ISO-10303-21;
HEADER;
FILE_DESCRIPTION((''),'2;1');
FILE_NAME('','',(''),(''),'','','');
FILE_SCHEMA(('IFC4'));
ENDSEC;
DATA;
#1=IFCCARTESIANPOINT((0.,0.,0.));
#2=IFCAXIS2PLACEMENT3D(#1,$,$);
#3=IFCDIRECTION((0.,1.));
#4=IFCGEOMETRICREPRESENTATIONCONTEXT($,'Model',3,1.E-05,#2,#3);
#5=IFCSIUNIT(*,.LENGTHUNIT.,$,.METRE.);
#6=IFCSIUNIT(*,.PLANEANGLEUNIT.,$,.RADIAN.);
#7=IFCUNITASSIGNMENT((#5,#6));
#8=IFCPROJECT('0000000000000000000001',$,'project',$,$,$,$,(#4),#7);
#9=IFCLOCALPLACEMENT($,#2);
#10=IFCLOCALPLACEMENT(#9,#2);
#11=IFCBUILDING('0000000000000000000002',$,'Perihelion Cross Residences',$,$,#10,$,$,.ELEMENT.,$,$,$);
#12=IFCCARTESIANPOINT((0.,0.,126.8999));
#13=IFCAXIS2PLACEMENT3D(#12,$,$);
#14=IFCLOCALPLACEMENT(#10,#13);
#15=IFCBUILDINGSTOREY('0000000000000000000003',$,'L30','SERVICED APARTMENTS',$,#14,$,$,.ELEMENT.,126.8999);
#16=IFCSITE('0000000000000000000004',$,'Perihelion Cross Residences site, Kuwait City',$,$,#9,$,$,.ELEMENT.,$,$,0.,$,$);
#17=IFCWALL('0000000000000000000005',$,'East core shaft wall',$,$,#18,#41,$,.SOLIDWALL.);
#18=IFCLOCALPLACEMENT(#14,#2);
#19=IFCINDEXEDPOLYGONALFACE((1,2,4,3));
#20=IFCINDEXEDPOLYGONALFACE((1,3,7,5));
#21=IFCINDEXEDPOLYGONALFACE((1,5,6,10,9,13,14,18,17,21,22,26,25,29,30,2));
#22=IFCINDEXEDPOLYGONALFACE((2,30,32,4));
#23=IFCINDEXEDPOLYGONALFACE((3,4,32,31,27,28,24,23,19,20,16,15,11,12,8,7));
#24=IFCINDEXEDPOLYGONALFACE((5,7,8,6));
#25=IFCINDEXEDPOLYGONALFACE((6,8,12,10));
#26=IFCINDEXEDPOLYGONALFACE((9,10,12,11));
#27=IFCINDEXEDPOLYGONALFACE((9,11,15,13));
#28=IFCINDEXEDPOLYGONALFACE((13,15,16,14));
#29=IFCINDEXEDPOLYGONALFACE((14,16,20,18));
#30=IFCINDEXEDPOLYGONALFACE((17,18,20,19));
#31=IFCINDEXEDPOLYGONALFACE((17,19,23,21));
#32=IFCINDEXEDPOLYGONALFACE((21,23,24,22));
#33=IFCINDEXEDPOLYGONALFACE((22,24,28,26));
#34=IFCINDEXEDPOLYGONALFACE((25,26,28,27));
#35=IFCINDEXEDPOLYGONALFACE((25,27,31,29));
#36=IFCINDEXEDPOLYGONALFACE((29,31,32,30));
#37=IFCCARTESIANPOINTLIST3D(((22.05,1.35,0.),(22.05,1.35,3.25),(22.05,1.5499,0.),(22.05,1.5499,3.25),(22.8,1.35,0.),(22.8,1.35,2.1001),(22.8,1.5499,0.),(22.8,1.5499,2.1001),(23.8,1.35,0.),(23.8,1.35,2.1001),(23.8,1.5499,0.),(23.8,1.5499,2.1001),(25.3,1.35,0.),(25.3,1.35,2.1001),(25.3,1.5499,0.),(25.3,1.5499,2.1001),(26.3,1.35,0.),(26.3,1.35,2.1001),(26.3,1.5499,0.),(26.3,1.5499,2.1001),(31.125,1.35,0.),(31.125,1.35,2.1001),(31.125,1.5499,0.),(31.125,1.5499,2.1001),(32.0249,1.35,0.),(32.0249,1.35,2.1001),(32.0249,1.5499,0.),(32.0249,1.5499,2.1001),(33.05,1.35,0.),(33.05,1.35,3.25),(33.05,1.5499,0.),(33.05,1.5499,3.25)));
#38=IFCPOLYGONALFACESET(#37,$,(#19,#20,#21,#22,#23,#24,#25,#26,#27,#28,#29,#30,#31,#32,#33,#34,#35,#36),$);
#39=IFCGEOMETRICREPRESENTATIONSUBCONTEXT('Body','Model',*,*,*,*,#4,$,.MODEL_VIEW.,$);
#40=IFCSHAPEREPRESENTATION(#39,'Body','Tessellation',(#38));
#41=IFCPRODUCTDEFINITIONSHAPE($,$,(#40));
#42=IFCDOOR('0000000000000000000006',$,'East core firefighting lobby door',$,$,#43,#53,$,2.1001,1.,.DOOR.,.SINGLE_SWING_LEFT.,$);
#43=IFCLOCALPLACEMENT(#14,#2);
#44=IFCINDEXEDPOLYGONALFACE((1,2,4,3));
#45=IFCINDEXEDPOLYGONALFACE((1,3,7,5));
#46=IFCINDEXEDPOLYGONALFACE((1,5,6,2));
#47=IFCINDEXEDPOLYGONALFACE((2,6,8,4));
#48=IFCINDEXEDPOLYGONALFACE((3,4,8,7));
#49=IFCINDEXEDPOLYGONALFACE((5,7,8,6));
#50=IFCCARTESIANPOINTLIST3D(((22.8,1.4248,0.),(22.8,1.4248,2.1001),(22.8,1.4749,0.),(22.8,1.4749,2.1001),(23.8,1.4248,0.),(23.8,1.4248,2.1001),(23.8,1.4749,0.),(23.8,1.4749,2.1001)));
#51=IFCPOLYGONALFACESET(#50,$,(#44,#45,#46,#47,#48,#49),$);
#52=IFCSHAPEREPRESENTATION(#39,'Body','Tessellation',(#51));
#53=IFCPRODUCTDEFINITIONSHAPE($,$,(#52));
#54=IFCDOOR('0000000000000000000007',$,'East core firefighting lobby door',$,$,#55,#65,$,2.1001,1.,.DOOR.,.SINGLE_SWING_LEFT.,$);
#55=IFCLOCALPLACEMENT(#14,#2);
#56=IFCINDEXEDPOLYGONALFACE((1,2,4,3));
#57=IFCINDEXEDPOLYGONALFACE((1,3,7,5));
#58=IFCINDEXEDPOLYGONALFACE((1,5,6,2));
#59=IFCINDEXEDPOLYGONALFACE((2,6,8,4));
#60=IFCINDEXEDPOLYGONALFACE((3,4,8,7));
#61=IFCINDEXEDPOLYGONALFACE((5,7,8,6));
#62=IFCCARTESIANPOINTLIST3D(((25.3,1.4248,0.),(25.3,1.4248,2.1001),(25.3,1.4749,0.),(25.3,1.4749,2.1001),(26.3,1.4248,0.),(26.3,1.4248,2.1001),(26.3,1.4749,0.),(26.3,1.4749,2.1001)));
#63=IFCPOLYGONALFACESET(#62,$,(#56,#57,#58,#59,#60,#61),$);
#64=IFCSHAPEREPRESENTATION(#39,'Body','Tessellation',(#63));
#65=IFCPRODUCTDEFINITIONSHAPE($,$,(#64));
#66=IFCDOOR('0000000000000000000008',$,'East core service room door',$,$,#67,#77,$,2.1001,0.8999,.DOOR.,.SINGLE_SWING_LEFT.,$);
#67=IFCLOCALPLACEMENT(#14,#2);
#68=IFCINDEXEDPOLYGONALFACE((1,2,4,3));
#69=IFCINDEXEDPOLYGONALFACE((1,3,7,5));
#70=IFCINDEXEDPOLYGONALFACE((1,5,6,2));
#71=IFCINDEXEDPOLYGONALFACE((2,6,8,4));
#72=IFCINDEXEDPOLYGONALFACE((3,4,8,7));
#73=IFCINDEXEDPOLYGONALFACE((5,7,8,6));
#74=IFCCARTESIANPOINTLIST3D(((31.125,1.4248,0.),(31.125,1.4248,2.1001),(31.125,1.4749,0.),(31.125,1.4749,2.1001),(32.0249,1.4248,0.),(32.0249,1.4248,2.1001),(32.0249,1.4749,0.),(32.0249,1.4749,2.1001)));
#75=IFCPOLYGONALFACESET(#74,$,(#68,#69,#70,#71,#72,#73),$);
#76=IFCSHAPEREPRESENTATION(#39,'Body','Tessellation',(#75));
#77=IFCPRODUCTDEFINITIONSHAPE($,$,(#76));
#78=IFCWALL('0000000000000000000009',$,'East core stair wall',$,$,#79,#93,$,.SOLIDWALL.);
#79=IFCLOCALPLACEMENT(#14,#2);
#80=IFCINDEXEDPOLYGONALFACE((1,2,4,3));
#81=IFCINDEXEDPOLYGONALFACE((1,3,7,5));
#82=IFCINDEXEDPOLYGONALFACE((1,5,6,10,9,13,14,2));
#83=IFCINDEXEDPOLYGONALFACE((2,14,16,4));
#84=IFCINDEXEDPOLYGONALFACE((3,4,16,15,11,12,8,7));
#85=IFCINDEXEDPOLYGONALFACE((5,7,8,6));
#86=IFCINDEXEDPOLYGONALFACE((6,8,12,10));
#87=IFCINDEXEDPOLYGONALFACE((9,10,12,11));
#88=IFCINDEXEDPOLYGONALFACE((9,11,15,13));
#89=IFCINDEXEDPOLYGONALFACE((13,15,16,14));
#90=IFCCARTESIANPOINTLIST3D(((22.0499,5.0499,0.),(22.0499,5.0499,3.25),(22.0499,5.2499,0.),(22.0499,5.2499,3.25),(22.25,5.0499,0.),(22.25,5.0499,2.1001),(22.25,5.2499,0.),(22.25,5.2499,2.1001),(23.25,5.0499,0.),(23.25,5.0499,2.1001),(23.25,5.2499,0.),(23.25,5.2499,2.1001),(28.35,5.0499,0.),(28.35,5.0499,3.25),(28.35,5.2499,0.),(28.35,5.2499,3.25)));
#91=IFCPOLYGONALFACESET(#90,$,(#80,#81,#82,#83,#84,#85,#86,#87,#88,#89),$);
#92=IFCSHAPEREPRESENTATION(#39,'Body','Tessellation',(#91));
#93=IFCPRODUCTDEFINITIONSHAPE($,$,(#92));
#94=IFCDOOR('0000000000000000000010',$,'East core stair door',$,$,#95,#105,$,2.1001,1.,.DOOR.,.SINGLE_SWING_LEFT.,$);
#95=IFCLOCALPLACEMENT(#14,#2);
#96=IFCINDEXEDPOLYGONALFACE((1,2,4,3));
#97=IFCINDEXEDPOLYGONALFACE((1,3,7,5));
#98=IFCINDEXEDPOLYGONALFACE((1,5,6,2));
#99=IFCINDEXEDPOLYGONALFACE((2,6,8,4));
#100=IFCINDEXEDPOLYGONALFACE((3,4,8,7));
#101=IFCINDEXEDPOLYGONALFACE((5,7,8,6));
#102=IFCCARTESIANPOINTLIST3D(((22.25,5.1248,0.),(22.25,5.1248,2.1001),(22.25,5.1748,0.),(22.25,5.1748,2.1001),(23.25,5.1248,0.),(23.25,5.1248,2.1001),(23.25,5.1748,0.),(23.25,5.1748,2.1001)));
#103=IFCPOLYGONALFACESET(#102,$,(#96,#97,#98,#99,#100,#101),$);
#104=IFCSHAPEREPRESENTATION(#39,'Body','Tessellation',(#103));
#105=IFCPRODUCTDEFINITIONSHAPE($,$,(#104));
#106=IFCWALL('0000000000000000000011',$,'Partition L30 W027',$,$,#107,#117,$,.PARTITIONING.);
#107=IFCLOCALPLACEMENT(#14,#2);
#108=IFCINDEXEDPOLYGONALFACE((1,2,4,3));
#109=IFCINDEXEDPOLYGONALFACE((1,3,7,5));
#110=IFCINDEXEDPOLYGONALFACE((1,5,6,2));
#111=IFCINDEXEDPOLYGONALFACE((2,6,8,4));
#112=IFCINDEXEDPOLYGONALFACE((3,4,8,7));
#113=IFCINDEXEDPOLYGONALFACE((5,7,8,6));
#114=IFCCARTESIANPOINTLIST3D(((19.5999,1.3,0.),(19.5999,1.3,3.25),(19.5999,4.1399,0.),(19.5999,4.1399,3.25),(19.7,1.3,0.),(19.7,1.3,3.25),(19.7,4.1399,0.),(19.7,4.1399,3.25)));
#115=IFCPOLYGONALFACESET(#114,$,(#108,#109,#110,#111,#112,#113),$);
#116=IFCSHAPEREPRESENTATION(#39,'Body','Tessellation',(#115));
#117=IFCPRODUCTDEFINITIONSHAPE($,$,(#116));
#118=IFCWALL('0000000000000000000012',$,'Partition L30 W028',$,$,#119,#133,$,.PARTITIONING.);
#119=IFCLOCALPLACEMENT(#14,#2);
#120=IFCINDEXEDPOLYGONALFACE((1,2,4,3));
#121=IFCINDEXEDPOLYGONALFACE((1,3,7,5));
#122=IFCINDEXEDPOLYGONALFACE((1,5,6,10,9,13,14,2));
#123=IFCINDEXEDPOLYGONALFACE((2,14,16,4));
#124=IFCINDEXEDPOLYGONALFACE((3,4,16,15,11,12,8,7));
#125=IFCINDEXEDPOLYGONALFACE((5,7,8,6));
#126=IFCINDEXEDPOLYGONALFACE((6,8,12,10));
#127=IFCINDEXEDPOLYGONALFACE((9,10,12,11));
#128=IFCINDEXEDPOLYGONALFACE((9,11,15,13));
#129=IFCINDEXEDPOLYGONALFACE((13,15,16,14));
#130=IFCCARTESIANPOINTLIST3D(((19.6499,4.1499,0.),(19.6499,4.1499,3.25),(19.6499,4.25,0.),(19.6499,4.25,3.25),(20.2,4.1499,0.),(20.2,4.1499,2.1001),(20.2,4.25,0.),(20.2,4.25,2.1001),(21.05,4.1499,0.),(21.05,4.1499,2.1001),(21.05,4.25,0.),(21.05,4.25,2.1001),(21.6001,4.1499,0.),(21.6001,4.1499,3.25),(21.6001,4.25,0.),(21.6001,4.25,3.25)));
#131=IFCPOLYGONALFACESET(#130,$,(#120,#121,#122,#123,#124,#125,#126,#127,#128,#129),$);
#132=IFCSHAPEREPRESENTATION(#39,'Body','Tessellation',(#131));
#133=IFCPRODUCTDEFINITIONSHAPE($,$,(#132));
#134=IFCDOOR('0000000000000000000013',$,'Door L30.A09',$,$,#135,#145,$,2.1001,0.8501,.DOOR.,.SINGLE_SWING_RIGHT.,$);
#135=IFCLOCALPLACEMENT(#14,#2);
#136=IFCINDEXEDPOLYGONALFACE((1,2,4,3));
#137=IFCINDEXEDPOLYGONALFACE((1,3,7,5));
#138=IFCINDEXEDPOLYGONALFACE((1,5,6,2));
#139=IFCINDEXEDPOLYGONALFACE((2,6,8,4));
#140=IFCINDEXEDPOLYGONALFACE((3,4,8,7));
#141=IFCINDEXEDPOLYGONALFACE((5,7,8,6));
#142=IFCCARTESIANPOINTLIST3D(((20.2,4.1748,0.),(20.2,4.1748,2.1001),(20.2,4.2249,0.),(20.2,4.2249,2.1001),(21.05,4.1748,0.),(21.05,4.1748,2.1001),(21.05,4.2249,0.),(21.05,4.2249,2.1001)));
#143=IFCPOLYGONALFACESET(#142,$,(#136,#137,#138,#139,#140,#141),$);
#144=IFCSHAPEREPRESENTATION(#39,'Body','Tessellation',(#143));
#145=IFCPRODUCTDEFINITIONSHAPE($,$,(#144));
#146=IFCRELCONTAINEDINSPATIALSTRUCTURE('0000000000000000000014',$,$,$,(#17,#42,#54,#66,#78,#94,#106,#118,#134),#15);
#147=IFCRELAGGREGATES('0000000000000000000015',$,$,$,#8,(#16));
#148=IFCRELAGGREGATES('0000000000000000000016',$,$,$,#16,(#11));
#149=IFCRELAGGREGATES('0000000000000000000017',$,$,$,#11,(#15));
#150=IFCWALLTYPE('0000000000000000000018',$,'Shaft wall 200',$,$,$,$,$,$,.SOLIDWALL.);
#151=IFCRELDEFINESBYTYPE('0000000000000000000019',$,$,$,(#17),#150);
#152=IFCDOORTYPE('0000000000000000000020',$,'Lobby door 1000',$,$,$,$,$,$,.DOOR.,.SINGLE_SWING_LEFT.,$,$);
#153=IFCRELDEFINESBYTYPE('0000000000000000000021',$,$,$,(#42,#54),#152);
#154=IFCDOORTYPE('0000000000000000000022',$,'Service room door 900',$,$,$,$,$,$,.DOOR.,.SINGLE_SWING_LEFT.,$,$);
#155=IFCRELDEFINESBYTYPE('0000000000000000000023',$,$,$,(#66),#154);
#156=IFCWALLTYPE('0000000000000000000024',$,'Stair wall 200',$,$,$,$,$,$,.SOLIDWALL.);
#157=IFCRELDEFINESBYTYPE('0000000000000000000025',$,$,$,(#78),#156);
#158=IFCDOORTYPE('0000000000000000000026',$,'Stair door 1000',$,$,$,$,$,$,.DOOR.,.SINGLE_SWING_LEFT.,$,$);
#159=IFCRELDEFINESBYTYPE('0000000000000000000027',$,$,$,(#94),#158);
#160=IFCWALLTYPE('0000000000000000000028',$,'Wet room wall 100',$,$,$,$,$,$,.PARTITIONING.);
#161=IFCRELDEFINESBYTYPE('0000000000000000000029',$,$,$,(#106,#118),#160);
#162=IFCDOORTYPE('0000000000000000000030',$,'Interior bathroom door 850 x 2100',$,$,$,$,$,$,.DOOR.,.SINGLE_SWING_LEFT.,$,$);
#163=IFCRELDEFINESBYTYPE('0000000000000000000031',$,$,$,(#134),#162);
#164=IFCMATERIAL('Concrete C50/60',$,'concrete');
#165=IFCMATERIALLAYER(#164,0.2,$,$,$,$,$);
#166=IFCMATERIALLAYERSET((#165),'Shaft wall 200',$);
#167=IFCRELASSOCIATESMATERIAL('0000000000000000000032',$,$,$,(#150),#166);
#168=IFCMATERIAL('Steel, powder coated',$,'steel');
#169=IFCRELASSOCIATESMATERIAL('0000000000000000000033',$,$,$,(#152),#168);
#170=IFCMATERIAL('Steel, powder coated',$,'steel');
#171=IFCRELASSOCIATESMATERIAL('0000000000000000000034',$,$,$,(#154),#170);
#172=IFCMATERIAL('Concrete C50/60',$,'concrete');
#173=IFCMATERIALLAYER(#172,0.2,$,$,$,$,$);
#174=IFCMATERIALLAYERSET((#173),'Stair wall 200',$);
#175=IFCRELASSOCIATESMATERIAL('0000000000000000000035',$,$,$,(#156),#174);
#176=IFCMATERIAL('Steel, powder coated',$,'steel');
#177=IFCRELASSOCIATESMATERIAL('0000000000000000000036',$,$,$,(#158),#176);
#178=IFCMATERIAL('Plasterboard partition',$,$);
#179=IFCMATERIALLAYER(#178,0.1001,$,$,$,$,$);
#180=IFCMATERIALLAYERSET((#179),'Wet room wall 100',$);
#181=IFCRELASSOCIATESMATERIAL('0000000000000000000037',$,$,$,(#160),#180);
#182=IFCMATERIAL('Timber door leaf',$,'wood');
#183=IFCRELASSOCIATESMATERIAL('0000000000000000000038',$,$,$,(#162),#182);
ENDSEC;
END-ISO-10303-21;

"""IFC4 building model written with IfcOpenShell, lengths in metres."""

from ifc_helpers import new_model, si_unit, direction, frame, frame_2d, origin, place, context, subcontext, project, spatial, rectangle, extrude, material, layer, layer_set, type_object, element, fill, save


model = new_model("IFC4")

# Units and contexts
model_context = context("Model", 3, precision=1e-05, world=origin(), true_north=direction((0.0, 1.0)))
body_context = subcontext(model_context, "Body", "Model", "MODEL_VIEW")
ifc_project = project(units=[si_unit("LENGTHUNIT", "METRE"), si_unit("PLANEANGLEUNIT", "RADIAN")], contexts=[model_context])

# Site, building, storey
site_placement = place(None, origin())
site = spatial("IfcSite", under=ifc_project, at=site_placement, Name="Perihelion Cross Residences site, Kuwait City", CompositionType="ELEMENT", RefElevation=0.0)
building_placement = place(site_placement, origin())
building = spatial("IfcBuilding", under=site, at=building_placement, Name="Perihelion Cross Residences", CompositionType="ELEMENT")
storey_placement = place(building_placement, frame((0.0, 0.0, 126.8999)))
storey = spatial("IfcBuildingStorey", under=building, at=storey_placement, Name="L30", Description="SERVICED APARTMENTS", CompositionType="ELEMENT", Elevation=126.8999)

# Wall, openings, doors
ifc_material_1 = material(Name="Concrete C50/60", Category="concrete")
ifc_layer_1 = layer(ifc_material_1, 0.2)
ifc_layer_set_1 = layer_set([ifc_layer_1], Name="Shaft wall 200")
wall_type_1 = type_object("IfcWallType", Name="Shaft wall 200", PredefinedType="SOLIDWALL", material=ifc_layer_set_1)
wall_1_placement = place(storey_placement, frame((22.05, 1.45, 0.0), z_axis=(0.0, 0.0, 1.0), x_axis=(1.0, 0.0, 0.0)))
wall_1 = element("IfcWall", 1, at=wall_1_placement, inside=storey, type_object=wall_type_1, Name="East core shaft wall", PredefinedType="SOLIDWALL", context=body_context, shape_type="SweptSolid", body=[
    extrude(rectangle(XDim=11.0, YDim=0.2, at=frame_2d((5.5, 0.0))), origin(), (0.0, 0.0, 1.0), 3.25),
])
opening_1_placement = place(wall_1_placement, frame((0.75, 0.0, 0.0)))
opening_1 = element("IfcOpeningElement", 2, at=opening_1_placement, cuts=wall_1, PredefinedType="OPENING", context=body_context, shape_type="SweptSolid", body=[
    extrude(rectangle(XDim=1.0, YDim=2.1001, at=frame_2d((0.5, 1.05))), frame((0.0, 0.1099, 0.0), z_axis=(0.0, -1.0, 0.0), x_axis=(1.0, 0.0, 0.0)), (0.0, 0.0, 1.0), 0.22),
])
opening_2_placement = place(wall_1_placement, frame((3.25, 0.0, 0.0)))
opening_2 = element("IfcOpeningElement", 3, at=opening_2_placement, cuts=wall_1, PredefinedType="OPENING", context=body_context, shape_type="SweptSolid", body=[
    extrude(rectangle(XDim=1.0, YDim=2.1001, at=frame_2d((0.5, 1.05))), frame((0.0, 0.1099, 0.0), z_axis=(0.0, -1.0, 0.0), x_axis=(1.0, 0.0, 0.0)), (0.0, 0.0, 1.0), 0.22),
])
opening_3_placement = place(wall_1_placement, frame((9.075, 0.0, 0.0)))
opening_3 = element("IfcOpeningElement", 4, at=opening_3_placement, cuts=wall_1, PredefinedType="OPENING", context=body_context, shape_type="SweptSolid", body=[
    extrude(rectangle(XDim=0.8999, YDim=2.1001, at=frame_2d((0.45, 1.05))), frame((0.0, 0.1099, 0.0), z_axis=(0.0, -1.0, 0.0), x_axis=(1.0, 0.0, 0.0)), (0.0, 0.0, 1.0), 0.22),
])
ifc_material_2 = material(Name="Steel, powder coated", Category="steel")
door_type_1 = type_object("IfcDoorType", Name="Lobby door 1000", OperationType="SINGLE_SWING_LEFT", PredefinedType="DOOR", material=ifc_material_2)
door_1_placement = place(opening_1_placement, origin())
door_1 = element("IfcDoor", 5, at=door_1_placement, inside=storey, type_object=door_type_1, Name="East core firefighting lobby door", OperationType="SINGLE_SWING_LEFT", OverallHeight=2.1001, OverallWidth=1.0, PredefinedType="DOOR", context=body_context, shape_type="SweptSolid", body=[
    extrude(rectangle(XDim=1.0, YDim=2.1001, at=frame_2d((0.5, 1.05))), frame((0.0, 0.0249, 0.0), z_axis=(0.0, -1.0, 0.0), x_axis=(1.0, 0.0, 0.0)), (0.0, 0.0, 1.0), 0.05),
])
fill(opening_1, door_1)
door_2_placement = place(opening_2_placement, origin())
door_2 = element("IfcDoor", 6, at=door_2_placement, inside=storey, type_object=door_type_1, Name="East core firefighting lobby door", OperationType="SINGLE_SWING_LEFT", OverallHeight=2.1001, OverallWidth=1.0, PredefinedType="DOOR", context=body_context, shape_type="SweptSolid", body=[
    extrude(rectangle(XDim=1.0, YDim=2.1001, at=frame_2d((0.5, 1.05))), frame((0.0, 0.0249, 0.0), z_axis=(0.0, -1.0, 0.0), x_axis=(1.0, 0.0, 0.0)), (0.0, 0.0, 1.0), 0.05),
])
fill(opening_2, door_2)
ifc_material_3 = material(Name="Steel, powder coated", Category="steel")
door_type_2 = type_object("IfcDoorType", Name="Service room door 900", OperationType="SINGLE_SWING_LEFT", PredefinedType="DOOR", material=ifc_material_3)
door_3_placement = place(opening_3_placement, origin())
door_3 = element("IfcDoor", 7, at=door_3_placement, inside=storey, type_object=door_type_2, Name="East core service room door", OperationType="SINGLE_SWING_LEFT", OverallHeight=2.1001, OverallWidth=0.8999, PredefinedType="DOOR", context=body_context, shape_type="SweptSolid", body=[
    extrude(rectangle(XDim=0.8999, YDim=2.1001, at=frame_2d((0.45, 1.05))), frame((0.0, 0.0249, 0.0), z_axis=(0.0, -1.0, 0.0), x_axis=(1.0, 0.0, 0.0)), (0.0, 0.0, 1.0), 0.05),
])
fill(opening_3, door_3)

# Wall, opening, door
ifc_material_4 = material(Name="Concrete C50/60", Category="concrete")
ifc_layer_2 = layer(ifc_material_4, 0.2)
ifc_layer_set_2 = layer_set([ifc_layer_2], Name="Stair wall 200")
wall_type_2 = type_object("IfcWallType", Name="Stair wall 200", PredefinedType="SOLIDWALL", material=ifc_layer_set_2)
wall_2_placement = place(storey_placement, frame((22.05, 5.1499, 0.0), z_axis=(0.0, 0.0, 1.0), x_axis=(1.0, 0.0, 0.0)))
wall_2 = element("IfcWall", 8, at=wall_2_placement, inside=storey, type_object=wall_type_2, Name="East core stair wall", PredefinedType="SOLIDWALL", context=body_context, shape_type="SweptSolid", body=[
    extrude(rectangle(XDim=6.3, YDim=0.2, at=frame_2d((3.1499, 0.0))), origin(), (0.0, 0.0, 1.0), 3.25),
])
opening_4_placement = place(wall_2_placement, frame((0.2, 0.0, 0.0)))
opening_4 = element("IfcOpeningElement", 9, at=opening_4_placement, cuts=wall_2, PredefinedType="OPENING", context=body_context, shape_type="SweptSolid", body=[
    extrude(rectangle(XDim=1.0, YDim=2.1001, at=frame_2d((0.5, 1.05))), frame((0.0, 0.1099, 0.0), z_axis=(0.0, -1.0, 0.0), x_axis=(1.0, 0.0, 0.0)), (0.0, 0.0, 1.0), 0.22),
])
ifc_material_5 = material(Name="Steel, powder coated", Category="steel")
door_type_3 = type_object("IfcDoorType", Name="Stair door 1000", OperationType="SINGLE_SWING_LEFT", PredefinedType="DOOR", material=ifc_material_5)
door_4_placement = place(opening_4_placement, origin())
door_4 = element("IfcDoor", 10, at=door_4_placement, inside=storey, type_object=door_type_3, Name="East core stair door", OperationType="SINGLE_SWING_LEFT", OverallHeight=2.1001, OverallWidth=1.0, PredefinedType="DOOR", context=body_context, shape_type="SweptSolid", body=[
    extrude(rectangle(XDim=1.0, YDim=2.1001, at=frame_2d((0.5, 1.05))), frame((0.0, 0.0249, 0.0), z_axis=(0.0, -1.0, 0.0), x_axis=(1.0, 0.0, 0.0)), (0.0, 0.0, 1.0), 0.05),
])
fill(opening_4, door_4)

# Wall
ifc_material_6 = material(Name="Plasterboard partition")
ifc_layer_3 = layer(ifc_material_6, 0.1001)
ifc_layer_set_3 = layer_set([ifc_layer_3], Name="Wet room wall 100")
wall_type_3 = type_object("IfcWallType", Name="Wet room wall 100", PredefinedType="PARTITIONING", material=ifc_layer_set_3)
wall_3_placement = place(storey_placement, frame((19.6499, 4.1399, 0.0), z_axis=(0.0, 0.0, 1.0), x_axis=(0.0, -1.0, 0.0)))
element("IfcWall", 11, at=wall_3_placement, inside=storey, type_object=wall_type_3, Name="Partition L30 W027", PredefinedType="PARTITIONING", context=body_context, shape_type="SweptSolid", body=[
    extrude(rectangle(XDim=2.8398, YDim=0.1001, at=frame_2d((1.4199, 0.0))), origin(), (0.0, 0.0, 1.0), 3.25),
])

# Wall, opening, door
wall_4_placement = place(storey_placement, frame((19.6499, 4.2, 0.0), z_axis=(0.0, 0.0, 1.0), x_axis=(1.0, 0.0, 0.0)))
wall_4 = element("IfcWall", 12, at=wall_4_placement, inside=storey, type_object=wall_type_3, Name="Partition L30 W028", PredefinedType="PARTITIONING", context=body_context, shape_type="SweptSolid", body=[
    extrude(rectangle(XDim=1.9502, YDim=0.1001, at=frame_2d((0.9751, 0.0))), origin(), (0.0, 0.0, 1.0), 3.25),
])
opening_5_placement = place(wall_4_placement, frame((0.55, 0.0, 0.0)))
opening_5 = element("IfcOpeningElement", 13, at=opening_5_placement, cuts=wall_4, PredefinedType="OPENING", context=body_context, shape_type="SweptSolid", body=[
    extrude(rectangle(XDim=0.8501, YDim=2.1001, at=frame_2d((0.425, 1.05))), frame((0.0, 0.0601, 0.0), z_axis=(0.0, -1.0, 0.0), x_axis=(1.0, 0.0, 0.0)), (0.0, 0.0, 1.0), 0.1201),
])
ifc_material_7 = material(Name="Timber door leaf", Category="wood")
door_type_4 = type_object("IfcDoorType", Name="Interior bathroom door 850 x 2100", OperationType="SINGLE_SWING_LEFT", PredefinedType="DOOR", material=ifc_material_7)
door_5_placement = place(opening_5_placement, origin())
door_5 = element("IfcDoor", 14, at=door_5_placement, inside=storey, type_object=door_type_4, Name="Door L30.A09", OperationType="SINGLE_SWING_RIGHT", OverallHeight=2.1001, OverallWidth=0.8501, PredefinedType="DOOR", context=body_context, shape_type="SweptSolid", body=[
    extrude(rectangle(XDim=0.8501, YDim=2.1001, at=frame_2d((0.425, 1.05))), frame((0.0, 0.0249, 0.0), z_axis=(0.0, -1.0, 0.0), x_axis=(1.0, 0.0, 0.0)), (0.0, 0.0, 1.0), 0.05),
])
fill(opening_5, door_5)

save(model, "model.ifc")
